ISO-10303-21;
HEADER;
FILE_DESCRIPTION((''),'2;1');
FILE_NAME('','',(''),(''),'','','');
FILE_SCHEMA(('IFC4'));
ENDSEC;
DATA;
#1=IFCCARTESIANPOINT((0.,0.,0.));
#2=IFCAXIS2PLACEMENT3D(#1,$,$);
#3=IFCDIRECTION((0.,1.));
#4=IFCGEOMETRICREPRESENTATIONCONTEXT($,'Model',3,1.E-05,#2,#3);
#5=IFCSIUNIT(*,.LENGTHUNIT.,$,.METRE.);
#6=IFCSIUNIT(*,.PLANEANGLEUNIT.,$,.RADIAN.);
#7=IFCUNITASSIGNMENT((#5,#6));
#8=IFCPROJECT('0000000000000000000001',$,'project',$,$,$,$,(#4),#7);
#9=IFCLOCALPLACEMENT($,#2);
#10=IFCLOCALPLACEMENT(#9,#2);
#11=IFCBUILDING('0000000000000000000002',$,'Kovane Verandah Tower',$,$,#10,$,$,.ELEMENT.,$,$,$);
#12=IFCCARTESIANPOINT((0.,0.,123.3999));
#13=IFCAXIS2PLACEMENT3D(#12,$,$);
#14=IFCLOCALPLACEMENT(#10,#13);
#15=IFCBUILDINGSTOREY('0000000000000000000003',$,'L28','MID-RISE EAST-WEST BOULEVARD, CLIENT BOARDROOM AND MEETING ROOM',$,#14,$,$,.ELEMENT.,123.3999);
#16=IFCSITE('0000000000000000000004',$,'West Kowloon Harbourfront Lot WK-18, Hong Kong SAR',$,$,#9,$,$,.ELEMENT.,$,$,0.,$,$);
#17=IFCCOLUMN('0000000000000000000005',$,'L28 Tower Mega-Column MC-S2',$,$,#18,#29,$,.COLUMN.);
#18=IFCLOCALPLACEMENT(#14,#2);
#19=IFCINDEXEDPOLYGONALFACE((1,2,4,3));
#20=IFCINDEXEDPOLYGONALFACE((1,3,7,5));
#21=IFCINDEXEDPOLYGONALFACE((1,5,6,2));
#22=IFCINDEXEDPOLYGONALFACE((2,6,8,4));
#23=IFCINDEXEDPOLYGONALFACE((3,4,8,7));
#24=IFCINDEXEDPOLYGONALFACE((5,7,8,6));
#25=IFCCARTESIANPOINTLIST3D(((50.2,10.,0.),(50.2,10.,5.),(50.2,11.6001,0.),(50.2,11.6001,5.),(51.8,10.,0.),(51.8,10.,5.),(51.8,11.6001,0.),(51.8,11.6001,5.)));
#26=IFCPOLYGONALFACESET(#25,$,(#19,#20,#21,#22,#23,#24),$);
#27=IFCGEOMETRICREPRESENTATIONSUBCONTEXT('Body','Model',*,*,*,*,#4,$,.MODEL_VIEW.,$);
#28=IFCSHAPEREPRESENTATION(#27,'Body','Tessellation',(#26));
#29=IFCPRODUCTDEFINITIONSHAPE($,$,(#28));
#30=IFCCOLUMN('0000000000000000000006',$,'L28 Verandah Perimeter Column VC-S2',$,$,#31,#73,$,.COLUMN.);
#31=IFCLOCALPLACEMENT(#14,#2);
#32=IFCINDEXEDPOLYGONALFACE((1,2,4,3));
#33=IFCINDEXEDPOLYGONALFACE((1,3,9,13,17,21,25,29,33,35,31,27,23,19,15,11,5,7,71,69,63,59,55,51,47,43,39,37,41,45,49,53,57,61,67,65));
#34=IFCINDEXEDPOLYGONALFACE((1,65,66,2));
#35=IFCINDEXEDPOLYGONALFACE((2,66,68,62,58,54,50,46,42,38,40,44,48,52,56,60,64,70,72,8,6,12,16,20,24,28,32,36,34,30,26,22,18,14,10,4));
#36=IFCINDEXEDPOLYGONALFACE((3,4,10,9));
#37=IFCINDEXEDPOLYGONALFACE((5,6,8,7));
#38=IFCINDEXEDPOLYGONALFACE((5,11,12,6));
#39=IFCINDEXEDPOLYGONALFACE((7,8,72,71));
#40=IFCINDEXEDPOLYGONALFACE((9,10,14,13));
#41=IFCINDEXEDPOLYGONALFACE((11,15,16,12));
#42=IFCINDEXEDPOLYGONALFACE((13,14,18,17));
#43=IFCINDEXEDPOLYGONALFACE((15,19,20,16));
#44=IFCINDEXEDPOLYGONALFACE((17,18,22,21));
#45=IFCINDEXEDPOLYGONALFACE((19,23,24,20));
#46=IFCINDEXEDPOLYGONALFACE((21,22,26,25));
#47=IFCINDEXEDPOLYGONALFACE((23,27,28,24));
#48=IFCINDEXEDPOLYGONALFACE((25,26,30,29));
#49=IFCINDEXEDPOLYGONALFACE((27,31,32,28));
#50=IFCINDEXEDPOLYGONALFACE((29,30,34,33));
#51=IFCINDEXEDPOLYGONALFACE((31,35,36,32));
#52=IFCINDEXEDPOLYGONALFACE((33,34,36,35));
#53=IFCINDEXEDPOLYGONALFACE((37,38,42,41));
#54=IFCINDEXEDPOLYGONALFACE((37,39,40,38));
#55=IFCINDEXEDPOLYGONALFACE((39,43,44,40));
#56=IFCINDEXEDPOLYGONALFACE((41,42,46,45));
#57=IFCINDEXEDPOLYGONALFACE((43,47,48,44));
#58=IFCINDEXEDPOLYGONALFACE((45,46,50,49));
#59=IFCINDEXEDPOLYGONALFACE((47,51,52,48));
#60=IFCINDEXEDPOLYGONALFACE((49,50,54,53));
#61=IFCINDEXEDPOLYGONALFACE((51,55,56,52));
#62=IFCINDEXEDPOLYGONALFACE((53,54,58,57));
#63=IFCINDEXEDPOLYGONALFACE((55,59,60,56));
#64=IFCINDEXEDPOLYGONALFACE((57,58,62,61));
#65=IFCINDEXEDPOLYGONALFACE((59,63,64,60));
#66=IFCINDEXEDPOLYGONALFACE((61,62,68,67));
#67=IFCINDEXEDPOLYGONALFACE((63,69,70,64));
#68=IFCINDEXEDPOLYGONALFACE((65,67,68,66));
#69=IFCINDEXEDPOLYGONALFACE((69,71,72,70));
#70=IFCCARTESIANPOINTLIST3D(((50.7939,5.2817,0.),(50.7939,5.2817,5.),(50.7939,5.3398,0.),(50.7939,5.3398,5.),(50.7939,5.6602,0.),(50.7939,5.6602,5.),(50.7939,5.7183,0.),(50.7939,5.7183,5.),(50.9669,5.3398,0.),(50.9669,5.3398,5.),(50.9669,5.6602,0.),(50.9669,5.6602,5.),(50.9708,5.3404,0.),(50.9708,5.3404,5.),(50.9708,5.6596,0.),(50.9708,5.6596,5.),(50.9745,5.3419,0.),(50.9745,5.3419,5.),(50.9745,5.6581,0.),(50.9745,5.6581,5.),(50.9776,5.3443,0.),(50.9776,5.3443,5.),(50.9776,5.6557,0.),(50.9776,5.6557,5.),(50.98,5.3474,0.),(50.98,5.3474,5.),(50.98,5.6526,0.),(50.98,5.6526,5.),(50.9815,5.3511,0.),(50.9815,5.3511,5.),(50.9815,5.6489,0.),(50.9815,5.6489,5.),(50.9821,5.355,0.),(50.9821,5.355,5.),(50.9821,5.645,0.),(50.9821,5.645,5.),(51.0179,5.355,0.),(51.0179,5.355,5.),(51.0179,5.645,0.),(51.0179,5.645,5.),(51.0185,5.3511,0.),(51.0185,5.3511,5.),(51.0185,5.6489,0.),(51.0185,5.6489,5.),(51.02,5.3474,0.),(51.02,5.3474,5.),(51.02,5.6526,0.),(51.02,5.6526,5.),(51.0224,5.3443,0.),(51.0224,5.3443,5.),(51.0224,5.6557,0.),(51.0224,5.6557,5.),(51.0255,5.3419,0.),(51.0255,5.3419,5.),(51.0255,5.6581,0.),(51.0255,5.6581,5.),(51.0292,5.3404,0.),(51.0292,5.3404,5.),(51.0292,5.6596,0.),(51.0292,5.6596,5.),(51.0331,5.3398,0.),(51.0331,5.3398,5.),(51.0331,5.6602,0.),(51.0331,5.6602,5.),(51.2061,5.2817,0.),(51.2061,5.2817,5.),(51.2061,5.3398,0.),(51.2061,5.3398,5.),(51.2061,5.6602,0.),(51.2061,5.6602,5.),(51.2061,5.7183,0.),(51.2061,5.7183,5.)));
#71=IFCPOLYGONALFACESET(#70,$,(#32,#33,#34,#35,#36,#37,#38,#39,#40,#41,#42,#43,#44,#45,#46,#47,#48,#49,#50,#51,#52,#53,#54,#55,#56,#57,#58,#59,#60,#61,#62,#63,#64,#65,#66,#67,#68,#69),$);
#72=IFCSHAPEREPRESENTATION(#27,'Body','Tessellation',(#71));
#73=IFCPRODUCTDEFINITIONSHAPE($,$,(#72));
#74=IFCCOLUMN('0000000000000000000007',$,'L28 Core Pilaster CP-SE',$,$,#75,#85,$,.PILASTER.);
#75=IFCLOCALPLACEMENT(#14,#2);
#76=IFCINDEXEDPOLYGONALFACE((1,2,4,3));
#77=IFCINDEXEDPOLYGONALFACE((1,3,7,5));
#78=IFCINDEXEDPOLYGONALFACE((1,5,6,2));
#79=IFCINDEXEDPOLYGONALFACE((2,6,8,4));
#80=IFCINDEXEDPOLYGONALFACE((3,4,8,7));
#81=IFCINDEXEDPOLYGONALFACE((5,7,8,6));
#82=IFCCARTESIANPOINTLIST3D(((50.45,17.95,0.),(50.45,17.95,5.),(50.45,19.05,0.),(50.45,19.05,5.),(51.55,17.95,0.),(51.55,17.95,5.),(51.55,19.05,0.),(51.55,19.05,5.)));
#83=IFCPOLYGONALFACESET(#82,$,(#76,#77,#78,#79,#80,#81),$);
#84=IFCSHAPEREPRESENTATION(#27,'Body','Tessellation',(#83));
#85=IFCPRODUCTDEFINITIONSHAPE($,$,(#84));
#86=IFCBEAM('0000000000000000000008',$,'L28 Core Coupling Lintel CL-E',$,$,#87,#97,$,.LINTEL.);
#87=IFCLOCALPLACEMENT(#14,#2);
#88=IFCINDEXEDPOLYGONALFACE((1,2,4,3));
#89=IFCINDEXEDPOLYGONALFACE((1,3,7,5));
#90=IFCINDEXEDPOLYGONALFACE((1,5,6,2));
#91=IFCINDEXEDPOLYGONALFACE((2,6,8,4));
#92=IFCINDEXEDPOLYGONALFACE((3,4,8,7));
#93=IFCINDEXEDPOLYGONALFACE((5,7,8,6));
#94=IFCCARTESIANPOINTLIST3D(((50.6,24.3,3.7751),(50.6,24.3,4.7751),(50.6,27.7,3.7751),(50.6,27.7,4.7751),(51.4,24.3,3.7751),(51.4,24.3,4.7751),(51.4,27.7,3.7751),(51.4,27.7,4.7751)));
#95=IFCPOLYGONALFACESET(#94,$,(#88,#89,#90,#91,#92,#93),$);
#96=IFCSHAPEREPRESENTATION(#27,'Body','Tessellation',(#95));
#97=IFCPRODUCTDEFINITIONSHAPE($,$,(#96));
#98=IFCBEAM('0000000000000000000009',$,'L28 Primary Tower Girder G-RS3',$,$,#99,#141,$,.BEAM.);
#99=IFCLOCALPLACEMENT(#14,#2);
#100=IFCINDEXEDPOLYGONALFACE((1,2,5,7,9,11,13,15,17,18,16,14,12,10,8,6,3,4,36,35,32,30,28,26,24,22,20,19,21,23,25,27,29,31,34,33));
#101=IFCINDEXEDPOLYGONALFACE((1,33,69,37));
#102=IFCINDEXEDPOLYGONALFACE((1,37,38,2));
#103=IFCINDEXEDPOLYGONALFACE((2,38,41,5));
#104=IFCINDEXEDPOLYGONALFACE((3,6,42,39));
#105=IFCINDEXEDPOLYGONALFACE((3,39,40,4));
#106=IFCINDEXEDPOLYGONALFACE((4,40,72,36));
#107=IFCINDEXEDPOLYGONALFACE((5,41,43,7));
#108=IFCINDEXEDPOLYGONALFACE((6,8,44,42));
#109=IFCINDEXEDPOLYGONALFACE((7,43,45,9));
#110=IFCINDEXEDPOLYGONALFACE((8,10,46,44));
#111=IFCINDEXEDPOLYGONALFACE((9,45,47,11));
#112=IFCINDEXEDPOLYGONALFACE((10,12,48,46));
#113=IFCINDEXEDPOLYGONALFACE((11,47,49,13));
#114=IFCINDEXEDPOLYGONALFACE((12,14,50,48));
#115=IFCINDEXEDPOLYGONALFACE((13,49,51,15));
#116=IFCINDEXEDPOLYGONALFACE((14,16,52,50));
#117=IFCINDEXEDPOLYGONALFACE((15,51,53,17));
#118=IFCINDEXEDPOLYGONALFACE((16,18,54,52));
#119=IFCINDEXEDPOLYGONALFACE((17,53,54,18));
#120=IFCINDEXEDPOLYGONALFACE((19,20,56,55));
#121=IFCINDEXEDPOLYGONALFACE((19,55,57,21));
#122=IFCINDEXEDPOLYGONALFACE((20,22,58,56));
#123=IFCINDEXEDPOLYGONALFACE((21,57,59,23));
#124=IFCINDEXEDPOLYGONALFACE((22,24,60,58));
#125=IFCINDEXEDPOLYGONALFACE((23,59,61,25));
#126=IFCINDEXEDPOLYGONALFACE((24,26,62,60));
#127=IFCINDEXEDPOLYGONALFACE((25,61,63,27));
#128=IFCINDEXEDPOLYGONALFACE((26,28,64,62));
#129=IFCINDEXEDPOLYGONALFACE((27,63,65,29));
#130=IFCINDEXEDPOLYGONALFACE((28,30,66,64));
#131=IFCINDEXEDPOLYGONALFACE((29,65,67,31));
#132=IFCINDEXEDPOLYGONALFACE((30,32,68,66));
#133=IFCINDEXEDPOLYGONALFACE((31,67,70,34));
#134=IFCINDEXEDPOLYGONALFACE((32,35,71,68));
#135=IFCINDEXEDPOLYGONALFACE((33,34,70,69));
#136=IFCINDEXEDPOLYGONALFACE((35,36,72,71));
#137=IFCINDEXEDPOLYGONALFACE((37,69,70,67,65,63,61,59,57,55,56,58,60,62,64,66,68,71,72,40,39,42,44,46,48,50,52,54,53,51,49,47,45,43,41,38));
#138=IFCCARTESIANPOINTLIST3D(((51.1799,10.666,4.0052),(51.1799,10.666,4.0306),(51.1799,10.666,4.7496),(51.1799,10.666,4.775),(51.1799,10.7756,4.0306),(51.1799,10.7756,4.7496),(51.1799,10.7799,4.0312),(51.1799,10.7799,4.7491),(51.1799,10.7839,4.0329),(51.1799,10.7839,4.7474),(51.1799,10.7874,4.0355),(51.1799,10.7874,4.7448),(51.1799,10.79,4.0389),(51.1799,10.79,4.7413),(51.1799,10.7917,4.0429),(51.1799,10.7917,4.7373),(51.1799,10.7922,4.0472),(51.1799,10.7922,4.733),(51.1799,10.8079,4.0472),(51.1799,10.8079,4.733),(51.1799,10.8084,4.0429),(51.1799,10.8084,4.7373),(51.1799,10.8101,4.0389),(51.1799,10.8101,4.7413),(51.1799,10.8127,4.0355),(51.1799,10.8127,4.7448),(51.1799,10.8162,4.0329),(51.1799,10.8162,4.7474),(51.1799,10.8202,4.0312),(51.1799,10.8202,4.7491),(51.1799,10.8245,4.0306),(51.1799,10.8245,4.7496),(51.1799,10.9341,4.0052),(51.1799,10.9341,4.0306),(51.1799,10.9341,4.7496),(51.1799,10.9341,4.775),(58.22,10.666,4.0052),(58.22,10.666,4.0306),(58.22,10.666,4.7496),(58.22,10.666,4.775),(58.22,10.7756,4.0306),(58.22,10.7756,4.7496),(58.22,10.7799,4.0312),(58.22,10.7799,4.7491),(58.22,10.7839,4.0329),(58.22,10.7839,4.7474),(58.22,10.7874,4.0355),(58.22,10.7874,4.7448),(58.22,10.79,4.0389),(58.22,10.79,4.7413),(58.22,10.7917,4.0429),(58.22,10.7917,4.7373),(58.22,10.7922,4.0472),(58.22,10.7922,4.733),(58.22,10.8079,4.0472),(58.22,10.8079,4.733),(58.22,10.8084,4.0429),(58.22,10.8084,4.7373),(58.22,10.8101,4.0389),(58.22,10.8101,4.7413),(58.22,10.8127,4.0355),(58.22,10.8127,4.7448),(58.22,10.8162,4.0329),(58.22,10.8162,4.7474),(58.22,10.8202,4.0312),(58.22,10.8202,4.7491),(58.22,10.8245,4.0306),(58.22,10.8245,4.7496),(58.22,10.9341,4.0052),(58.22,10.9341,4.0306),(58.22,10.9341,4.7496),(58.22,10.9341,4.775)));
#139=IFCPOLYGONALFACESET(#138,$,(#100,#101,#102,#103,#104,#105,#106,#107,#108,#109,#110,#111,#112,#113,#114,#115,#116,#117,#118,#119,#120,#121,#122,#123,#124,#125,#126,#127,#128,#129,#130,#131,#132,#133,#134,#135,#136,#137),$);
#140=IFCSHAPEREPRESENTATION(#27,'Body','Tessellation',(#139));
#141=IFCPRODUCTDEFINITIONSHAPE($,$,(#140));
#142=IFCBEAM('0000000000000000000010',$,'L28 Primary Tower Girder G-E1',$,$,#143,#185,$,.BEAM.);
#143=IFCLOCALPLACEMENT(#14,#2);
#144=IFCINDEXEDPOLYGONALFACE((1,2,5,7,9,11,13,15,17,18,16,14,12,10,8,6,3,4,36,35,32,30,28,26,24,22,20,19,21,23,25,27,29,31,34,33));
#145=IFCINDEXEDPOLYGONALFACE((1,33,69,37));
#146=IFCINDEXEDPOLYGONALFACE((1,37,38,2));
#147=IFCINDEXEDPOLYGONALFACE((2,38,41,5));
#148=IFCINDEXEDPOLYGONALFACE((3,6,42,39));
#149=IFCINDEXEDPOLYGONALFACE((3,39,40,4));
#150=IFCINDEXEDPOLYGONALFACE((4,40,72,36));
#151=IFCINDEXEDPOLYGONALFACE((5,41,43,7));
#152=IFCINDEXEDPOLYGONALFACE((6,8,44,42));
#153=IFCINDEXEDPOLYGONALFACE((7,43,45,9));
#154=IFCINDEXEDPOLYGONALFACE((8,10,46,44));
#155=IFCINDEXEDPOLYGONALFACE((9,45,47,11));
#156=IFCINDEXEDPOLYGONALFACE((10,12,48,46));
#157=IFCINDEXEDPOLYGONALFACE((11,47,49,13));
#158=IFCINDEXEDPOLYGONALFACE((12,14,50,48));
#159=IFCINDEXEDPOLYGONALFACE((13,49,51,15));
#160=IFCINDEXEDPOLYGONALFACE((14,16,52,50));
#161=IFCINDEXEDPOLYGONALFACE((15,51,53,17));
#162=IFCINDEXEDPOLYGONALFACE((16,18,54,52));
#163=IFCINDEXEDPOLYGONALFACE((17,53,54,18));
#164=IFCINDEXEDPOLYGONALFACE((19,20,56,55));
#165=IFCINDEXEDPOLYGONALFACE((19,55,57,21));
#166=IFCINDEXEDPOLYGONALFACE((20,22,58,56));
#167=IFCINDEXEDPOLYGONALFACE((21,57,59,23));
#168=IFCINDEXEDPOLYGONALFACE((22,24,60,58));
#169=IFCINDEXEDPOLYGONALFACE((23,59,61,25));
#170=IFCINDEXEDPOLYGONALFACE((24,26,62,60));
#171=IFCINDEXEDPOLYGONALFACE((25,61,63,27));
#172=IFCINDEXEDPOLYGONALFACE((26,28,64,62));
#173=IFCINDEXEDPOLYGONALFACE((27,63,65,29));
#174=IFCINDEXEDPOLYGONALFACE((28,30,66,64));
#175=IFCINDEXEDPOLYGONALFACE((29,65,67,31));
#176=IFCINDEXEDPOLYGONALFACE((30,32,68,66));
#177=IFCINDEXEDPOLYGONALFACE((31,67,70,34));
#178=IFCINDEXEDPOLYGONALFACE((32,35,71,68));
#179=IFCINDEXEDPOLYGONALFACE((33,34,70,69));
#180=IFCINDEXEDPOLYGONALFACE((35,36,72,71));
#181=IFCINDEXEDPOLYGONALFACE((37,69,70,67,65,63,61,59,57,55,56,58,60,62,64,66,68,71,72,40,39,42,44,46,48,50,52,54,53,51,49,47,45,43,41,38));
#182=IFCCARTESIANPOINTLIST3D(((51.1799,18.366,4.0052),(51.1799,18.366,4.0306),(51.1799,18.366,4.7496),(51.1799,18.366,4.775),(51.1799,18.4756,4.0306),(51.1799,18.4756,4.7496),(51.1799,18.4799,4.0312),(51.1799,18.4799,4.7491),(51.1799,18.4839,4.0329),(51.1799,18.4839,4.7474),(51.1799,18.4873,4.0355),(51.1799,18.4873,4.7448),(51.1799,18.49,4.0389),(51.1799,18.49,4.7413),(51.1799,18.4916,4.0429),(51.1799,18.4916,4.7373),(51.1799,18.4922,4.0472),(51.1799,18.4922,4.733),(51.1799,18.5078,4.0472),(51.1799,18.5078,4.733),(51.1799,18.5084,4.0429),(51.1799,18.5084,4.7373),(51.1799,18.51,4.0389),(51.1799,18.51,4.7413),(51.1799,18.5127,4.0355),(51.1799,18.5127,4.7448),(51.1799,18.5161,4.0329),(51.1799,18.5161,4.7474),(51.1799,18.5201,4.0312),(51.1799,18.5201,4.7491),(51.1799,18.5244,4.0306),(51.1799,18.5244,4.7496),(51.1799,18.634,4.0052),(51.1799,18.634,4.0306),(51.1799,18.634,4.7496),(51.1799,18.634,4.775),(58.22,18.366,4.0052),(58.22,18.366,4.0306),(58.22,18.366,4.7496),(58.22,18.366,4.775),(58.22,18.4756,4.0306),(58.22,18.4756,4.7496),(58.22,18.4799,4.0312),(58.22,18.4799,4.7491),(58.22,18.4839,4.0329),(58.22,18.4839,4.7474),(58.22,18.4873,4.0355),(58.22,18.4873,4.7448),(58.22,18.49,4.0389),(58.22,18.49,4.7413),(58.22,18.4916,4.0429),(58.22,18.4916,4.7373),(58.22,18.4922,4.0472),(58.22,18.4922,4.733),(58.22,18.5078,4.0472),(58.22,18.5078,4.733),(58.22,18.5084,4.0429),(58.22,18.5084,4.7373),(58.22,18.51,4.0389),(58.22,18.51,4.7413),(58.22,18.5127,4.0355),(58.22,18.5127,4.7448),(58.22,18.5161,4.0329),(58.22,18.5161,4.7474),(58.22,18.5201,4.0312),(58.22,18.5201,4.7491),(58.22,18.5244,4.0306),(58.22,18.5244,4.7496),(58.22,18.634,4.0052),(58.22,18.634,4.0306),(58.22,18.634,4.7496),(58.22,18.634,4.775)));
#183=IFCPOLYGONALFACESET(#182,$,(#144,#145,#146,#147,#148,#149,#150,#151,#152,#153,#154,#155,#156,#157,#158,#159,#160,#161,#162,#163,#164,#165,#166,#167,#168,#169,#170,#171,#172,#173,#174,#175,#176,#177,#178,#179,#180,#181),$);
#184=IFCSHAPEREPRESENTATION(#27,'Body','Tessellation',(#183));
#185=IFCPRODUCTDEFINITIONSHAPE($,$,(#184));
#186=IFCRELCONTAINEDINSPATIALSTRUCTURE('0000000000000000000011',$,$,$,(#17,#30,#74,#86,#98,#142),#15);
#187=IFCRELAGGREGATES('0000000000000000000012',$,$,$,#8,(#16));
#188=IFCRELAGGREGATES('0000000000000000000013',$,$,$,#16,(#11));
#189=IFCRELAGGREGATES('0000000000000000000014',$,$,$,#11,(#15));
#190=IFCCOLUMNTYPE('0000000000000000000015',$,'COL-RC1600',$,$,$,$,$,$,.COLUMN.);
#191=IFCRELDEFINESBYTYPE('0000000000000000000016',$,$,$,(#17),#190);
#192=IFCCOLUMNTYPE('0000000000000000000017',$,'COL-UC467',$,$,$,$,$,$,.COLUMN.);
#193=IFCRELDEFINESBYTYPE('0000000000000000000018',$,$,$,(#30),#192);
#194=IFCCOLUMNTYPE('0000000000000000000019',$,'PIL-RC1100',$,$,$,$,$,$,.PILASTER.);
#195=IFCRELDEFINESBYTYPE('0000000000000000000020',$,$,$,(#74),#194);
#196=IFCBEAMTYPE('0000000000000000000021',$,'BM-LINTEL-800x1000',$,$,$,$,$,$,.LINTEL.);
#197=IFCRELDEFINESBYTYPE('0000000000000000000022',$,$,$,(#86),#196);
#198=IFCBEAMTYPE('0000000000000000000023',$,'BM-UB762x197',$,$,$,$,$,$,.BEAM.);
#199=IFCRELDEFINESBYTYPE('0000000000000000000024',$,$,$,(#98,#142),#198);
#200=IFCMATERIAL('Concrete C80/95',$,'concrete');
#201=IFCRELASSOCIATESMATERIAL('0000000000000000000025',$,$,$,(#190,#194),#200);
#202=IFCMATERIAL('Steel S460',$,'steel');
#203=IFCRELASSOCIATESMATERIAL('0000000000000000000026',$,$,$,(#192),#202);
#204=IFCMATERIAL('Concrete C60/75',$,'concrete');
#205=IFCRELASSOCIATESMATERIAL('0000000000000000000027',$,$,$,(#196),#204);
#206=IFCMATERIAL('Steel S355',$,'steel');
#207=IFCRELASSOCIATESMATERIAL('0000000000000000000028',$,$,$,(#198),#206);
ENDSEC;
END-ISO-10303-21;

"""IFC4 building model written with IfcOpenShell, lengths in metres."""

from ifc_helpers import new_model, si_unit, direction, frame, origin, origin_2d, place, context, subcontext, project, spatial, rectangle, i_section, extrude, material, material_profile, profile_set, type_object, element, save


model = new_model("IFC4")

# Units and contexts
model_context = context("Model", 3, precision=1e-05, world=origin(), true_north=direction((0.0, 1.0)))
body_context = subcontext(model_context, "Body", "Model", "MODEL_VIEW")
ifc_project = project(units=[si_unit("LENGTHUNIT", "METRE"), si_unit("PLANEANGLEUNIT", "RADIAN")], contexts=[model_context])

# Site, building, storey
site_placement = place(None, origin())
site = spatial("IfcSite", under=ifc_project, at=site_placement, Name="West Kowloon Harbourfront Lot WK-18, Hong Kong SAR", CompositionType="ELEMENT", RefElevation=0.0)
building_placement = place(site_placement, origin())
building = spatial("IfcBuilding", under=site, at=building_placement, Name="Kovane Verandah Tower", CompositionType="ELEMENT")
storey_placement = place(building_placement, frame((0.0, 0.0, 123.3999)))
storey = spatial("IfcBuildingStorey", under=building, at=storey_placement, Name="L28", Description="MID-RISE EAST-WEST BOULEVARD, CLIENT BOARDROOM AND MEETING ROOM", CompositionType="ELEMENT", Elevation=123.3999)

# Columns
ifc_material_1 = material(Name="Concrete C80/95", Category="concrete")
ifc_material_profile_1 = material_profile(ifc_material_1, rectangle(XDim=1.6001, YDim=1.6001, at=origin_2d()), Name="RC1600x1600")
ifc_profile_set_1 = profile_set([ifc_material_profile_1], Name="Concrete C80/95")
column_type_1 = type_object("IfcColumnType", Name="COL-RC1600", PredefinedType="COLUMN", material=ifc_profile_set_1)
column_1_placement = place(storey_placement, frame((51.0, 10.8, 0.0), z_axis=(0.0, 0.0, 1.0), x_axis=(1.0, 0.0, 0.0)))
element("IfcColumn", 1, at=column_1_placement, inside=storey, type_object=column_type_1, Name="L28 Tower Mega-Column MC-S2", PredefinedType="COLUMN", context=body_context, shape_type="SweptSolid", body=[
    extrude(rectangle(XDim=1.6001, YDim=1.6001, at=origin_2d()), origin(), (0.0, 0.0, 1.0), 5.0),
])
ifc_material_2 = material(Name="Steel S460", Category="steel")
ifc_material_profile_2 = material_profile(ifc_material_2, i_section(OverallWidth=0.4121, OverallDepth=0.4365, WebThickness=0.0359, FlangeThickness=0.0581, FilletRadius=0.0151, at=origin_2d()), Name="UC356x406x467")
ifc_profile_set_2 = profile_set([ifc_material_profile_2], Name="Steel S460")
column_type_2 = type_object("IfcColumnType", Name="COL-UC467", PredefinedType="COLUMN", material=ifc_profile_set_2)
column_2_placement = place(storey_placement, frame((51.0, 5.5, 0.0), z_axis=(0.0, 0.0, 1.0), x_axis=(1.0, 0.0, 0.0)))
element("IfcColumn", 2, at=column_2_placement, inside=storey, type_object=column_type_2, Name="L28 Verandah Perimeter Column VC-S2", PredefinedType="COLUMN", context=body_context, shape_type="SweptSolid", body=[
    extrude(i_section(OverallWidth=0.4121, OverallDepth=0.4365, WebThickness=0.0359, FlangeThickness=0.0581, FilletRadius=0.0151, at=origin_2d()), origin(), (0.0, 0.0, 1.0), 5.0),
])
ifc_material_profile_3 = material_profile(ifc_material_1, rectangle(XDim=1.1001, YDim=1.1001, at=origin_2d()), Name="RC1100x1100")
ifc_profile_set_3 = profile_set([ifc_material_profile_3], Name="Concrete C80/95")
column_type_3 = type_object("IfcColumnType", Name="PIL-RC1100", PredefinedType="PILASTER", material=ifc_profile_set_3)
column_3_placement = place(storey_placement, frame((51.0, 18.5, 0.0), z_axis=(0.0, 0.0, 1.0), x_axis=(1.0, 0.0, 0.0)))
element("IfcColumn", 3, at=column_3_placement, inside=storey, type_object=column_type_3, Name="L28 Core Pilaster CP-SE", PredefinedType="PILASTER", context=body_context, shape_type="SweptSolid", body=[
    extrude(rectangle(XDim=1.1001, YDim=1.1001, at=origin_2d()), origin(), (0.0, 0.0, 1.0), 5.0),
])

# Beams
ifc_material_3 = material(Name="Concrete C60/75", Category="concrete")
ifc_material_profile_4 = material_profile(ifc_material_3, rectangle(XDim=0.8, YDim=1.0, at=origin_2d()), Name="RCB800x1000")
ifc_profile_set_4 = profile_set([ifc_material_profile_4], Name="Concrete C60/75")
beam_type_1 = type_object("IfcBeamType", Name="BM-LINTEL-800x1000", PredefinedType="LINTEL", material=ifc_profile_set_4)
beam_1_placement = place(storey_placement, frame((51.0, 24.3, 4.2751), z_axis=(0.0, 1.0, 0.0), x_axis=(-1.0, 0.0, 0.0)))
element("IfcBeam", 4, at=beam_1_placement, inside=storey, type_object=beam_type_1, Name="L28 Core Coupling Lintel CL-E", PredefinedType="LINTEL", context=body_context, shape_type="SweptSolid", body=[
    extrude(rectangle(XDim=0.8, YDim=1.0, at=origin_2d()), origin(), (0.0, 0.0, 1.0), 3.3999),
])
ifc_material_4 = material(Name="Steel S355", Category="steel")
ifc_material_profile_5 = material_profile(ifc_material_4, i_section(OverallWidth=0.2681, OverallDepth=0.7698, WebThickness=0.0156, FlangeThickness=0.0254, FilletRadius=0.0166, at=origin_2d()), Name="UB762x267x197")
ifc_profile_set_5 = profile_set([ifc_material_profile_5], Name="Steel S355")
beam_type_2 = type_object("IfcBeamType", Name="BM-UB762x197", PredefinedType="BEAM", material=ifc_profile_set_5)
for number, where, z_axis, x_axis, name in (
    (5, (51.1799, 10.8, 4.3901), (1.0, 0.0, 0.0), (0.0, 1.0, 0.0), "L28 Primary Tower Girder G-RS3"),
    (6, (51.1799, 18.5, 4.3901), (1.0, 0.0, 0.0), (0.0, 1.0, 0.0), "L28 Primary Tower Girder G-E1"),
):
    element("IfcBeam", number, at=place(storey_placement, frame(where, z_axis=z_axis, x_axis=x_axis)), inside=storey, type_object=beam_type_2, Name=name, PredefinedType="BEAM", context=body_context, shape_type="SweptSolid", body=[
        extrude(i_section(OverallWidth=0.2681, OverallDepth=0.7698, WebThickness=0.0156, FlangeThickness=0.0254, FilletRadius=0.0166, at=origin_2d()), origin(), (0.0, 0.0, 1.0), 7.04),
    ])

save(model, "model.ifc")
